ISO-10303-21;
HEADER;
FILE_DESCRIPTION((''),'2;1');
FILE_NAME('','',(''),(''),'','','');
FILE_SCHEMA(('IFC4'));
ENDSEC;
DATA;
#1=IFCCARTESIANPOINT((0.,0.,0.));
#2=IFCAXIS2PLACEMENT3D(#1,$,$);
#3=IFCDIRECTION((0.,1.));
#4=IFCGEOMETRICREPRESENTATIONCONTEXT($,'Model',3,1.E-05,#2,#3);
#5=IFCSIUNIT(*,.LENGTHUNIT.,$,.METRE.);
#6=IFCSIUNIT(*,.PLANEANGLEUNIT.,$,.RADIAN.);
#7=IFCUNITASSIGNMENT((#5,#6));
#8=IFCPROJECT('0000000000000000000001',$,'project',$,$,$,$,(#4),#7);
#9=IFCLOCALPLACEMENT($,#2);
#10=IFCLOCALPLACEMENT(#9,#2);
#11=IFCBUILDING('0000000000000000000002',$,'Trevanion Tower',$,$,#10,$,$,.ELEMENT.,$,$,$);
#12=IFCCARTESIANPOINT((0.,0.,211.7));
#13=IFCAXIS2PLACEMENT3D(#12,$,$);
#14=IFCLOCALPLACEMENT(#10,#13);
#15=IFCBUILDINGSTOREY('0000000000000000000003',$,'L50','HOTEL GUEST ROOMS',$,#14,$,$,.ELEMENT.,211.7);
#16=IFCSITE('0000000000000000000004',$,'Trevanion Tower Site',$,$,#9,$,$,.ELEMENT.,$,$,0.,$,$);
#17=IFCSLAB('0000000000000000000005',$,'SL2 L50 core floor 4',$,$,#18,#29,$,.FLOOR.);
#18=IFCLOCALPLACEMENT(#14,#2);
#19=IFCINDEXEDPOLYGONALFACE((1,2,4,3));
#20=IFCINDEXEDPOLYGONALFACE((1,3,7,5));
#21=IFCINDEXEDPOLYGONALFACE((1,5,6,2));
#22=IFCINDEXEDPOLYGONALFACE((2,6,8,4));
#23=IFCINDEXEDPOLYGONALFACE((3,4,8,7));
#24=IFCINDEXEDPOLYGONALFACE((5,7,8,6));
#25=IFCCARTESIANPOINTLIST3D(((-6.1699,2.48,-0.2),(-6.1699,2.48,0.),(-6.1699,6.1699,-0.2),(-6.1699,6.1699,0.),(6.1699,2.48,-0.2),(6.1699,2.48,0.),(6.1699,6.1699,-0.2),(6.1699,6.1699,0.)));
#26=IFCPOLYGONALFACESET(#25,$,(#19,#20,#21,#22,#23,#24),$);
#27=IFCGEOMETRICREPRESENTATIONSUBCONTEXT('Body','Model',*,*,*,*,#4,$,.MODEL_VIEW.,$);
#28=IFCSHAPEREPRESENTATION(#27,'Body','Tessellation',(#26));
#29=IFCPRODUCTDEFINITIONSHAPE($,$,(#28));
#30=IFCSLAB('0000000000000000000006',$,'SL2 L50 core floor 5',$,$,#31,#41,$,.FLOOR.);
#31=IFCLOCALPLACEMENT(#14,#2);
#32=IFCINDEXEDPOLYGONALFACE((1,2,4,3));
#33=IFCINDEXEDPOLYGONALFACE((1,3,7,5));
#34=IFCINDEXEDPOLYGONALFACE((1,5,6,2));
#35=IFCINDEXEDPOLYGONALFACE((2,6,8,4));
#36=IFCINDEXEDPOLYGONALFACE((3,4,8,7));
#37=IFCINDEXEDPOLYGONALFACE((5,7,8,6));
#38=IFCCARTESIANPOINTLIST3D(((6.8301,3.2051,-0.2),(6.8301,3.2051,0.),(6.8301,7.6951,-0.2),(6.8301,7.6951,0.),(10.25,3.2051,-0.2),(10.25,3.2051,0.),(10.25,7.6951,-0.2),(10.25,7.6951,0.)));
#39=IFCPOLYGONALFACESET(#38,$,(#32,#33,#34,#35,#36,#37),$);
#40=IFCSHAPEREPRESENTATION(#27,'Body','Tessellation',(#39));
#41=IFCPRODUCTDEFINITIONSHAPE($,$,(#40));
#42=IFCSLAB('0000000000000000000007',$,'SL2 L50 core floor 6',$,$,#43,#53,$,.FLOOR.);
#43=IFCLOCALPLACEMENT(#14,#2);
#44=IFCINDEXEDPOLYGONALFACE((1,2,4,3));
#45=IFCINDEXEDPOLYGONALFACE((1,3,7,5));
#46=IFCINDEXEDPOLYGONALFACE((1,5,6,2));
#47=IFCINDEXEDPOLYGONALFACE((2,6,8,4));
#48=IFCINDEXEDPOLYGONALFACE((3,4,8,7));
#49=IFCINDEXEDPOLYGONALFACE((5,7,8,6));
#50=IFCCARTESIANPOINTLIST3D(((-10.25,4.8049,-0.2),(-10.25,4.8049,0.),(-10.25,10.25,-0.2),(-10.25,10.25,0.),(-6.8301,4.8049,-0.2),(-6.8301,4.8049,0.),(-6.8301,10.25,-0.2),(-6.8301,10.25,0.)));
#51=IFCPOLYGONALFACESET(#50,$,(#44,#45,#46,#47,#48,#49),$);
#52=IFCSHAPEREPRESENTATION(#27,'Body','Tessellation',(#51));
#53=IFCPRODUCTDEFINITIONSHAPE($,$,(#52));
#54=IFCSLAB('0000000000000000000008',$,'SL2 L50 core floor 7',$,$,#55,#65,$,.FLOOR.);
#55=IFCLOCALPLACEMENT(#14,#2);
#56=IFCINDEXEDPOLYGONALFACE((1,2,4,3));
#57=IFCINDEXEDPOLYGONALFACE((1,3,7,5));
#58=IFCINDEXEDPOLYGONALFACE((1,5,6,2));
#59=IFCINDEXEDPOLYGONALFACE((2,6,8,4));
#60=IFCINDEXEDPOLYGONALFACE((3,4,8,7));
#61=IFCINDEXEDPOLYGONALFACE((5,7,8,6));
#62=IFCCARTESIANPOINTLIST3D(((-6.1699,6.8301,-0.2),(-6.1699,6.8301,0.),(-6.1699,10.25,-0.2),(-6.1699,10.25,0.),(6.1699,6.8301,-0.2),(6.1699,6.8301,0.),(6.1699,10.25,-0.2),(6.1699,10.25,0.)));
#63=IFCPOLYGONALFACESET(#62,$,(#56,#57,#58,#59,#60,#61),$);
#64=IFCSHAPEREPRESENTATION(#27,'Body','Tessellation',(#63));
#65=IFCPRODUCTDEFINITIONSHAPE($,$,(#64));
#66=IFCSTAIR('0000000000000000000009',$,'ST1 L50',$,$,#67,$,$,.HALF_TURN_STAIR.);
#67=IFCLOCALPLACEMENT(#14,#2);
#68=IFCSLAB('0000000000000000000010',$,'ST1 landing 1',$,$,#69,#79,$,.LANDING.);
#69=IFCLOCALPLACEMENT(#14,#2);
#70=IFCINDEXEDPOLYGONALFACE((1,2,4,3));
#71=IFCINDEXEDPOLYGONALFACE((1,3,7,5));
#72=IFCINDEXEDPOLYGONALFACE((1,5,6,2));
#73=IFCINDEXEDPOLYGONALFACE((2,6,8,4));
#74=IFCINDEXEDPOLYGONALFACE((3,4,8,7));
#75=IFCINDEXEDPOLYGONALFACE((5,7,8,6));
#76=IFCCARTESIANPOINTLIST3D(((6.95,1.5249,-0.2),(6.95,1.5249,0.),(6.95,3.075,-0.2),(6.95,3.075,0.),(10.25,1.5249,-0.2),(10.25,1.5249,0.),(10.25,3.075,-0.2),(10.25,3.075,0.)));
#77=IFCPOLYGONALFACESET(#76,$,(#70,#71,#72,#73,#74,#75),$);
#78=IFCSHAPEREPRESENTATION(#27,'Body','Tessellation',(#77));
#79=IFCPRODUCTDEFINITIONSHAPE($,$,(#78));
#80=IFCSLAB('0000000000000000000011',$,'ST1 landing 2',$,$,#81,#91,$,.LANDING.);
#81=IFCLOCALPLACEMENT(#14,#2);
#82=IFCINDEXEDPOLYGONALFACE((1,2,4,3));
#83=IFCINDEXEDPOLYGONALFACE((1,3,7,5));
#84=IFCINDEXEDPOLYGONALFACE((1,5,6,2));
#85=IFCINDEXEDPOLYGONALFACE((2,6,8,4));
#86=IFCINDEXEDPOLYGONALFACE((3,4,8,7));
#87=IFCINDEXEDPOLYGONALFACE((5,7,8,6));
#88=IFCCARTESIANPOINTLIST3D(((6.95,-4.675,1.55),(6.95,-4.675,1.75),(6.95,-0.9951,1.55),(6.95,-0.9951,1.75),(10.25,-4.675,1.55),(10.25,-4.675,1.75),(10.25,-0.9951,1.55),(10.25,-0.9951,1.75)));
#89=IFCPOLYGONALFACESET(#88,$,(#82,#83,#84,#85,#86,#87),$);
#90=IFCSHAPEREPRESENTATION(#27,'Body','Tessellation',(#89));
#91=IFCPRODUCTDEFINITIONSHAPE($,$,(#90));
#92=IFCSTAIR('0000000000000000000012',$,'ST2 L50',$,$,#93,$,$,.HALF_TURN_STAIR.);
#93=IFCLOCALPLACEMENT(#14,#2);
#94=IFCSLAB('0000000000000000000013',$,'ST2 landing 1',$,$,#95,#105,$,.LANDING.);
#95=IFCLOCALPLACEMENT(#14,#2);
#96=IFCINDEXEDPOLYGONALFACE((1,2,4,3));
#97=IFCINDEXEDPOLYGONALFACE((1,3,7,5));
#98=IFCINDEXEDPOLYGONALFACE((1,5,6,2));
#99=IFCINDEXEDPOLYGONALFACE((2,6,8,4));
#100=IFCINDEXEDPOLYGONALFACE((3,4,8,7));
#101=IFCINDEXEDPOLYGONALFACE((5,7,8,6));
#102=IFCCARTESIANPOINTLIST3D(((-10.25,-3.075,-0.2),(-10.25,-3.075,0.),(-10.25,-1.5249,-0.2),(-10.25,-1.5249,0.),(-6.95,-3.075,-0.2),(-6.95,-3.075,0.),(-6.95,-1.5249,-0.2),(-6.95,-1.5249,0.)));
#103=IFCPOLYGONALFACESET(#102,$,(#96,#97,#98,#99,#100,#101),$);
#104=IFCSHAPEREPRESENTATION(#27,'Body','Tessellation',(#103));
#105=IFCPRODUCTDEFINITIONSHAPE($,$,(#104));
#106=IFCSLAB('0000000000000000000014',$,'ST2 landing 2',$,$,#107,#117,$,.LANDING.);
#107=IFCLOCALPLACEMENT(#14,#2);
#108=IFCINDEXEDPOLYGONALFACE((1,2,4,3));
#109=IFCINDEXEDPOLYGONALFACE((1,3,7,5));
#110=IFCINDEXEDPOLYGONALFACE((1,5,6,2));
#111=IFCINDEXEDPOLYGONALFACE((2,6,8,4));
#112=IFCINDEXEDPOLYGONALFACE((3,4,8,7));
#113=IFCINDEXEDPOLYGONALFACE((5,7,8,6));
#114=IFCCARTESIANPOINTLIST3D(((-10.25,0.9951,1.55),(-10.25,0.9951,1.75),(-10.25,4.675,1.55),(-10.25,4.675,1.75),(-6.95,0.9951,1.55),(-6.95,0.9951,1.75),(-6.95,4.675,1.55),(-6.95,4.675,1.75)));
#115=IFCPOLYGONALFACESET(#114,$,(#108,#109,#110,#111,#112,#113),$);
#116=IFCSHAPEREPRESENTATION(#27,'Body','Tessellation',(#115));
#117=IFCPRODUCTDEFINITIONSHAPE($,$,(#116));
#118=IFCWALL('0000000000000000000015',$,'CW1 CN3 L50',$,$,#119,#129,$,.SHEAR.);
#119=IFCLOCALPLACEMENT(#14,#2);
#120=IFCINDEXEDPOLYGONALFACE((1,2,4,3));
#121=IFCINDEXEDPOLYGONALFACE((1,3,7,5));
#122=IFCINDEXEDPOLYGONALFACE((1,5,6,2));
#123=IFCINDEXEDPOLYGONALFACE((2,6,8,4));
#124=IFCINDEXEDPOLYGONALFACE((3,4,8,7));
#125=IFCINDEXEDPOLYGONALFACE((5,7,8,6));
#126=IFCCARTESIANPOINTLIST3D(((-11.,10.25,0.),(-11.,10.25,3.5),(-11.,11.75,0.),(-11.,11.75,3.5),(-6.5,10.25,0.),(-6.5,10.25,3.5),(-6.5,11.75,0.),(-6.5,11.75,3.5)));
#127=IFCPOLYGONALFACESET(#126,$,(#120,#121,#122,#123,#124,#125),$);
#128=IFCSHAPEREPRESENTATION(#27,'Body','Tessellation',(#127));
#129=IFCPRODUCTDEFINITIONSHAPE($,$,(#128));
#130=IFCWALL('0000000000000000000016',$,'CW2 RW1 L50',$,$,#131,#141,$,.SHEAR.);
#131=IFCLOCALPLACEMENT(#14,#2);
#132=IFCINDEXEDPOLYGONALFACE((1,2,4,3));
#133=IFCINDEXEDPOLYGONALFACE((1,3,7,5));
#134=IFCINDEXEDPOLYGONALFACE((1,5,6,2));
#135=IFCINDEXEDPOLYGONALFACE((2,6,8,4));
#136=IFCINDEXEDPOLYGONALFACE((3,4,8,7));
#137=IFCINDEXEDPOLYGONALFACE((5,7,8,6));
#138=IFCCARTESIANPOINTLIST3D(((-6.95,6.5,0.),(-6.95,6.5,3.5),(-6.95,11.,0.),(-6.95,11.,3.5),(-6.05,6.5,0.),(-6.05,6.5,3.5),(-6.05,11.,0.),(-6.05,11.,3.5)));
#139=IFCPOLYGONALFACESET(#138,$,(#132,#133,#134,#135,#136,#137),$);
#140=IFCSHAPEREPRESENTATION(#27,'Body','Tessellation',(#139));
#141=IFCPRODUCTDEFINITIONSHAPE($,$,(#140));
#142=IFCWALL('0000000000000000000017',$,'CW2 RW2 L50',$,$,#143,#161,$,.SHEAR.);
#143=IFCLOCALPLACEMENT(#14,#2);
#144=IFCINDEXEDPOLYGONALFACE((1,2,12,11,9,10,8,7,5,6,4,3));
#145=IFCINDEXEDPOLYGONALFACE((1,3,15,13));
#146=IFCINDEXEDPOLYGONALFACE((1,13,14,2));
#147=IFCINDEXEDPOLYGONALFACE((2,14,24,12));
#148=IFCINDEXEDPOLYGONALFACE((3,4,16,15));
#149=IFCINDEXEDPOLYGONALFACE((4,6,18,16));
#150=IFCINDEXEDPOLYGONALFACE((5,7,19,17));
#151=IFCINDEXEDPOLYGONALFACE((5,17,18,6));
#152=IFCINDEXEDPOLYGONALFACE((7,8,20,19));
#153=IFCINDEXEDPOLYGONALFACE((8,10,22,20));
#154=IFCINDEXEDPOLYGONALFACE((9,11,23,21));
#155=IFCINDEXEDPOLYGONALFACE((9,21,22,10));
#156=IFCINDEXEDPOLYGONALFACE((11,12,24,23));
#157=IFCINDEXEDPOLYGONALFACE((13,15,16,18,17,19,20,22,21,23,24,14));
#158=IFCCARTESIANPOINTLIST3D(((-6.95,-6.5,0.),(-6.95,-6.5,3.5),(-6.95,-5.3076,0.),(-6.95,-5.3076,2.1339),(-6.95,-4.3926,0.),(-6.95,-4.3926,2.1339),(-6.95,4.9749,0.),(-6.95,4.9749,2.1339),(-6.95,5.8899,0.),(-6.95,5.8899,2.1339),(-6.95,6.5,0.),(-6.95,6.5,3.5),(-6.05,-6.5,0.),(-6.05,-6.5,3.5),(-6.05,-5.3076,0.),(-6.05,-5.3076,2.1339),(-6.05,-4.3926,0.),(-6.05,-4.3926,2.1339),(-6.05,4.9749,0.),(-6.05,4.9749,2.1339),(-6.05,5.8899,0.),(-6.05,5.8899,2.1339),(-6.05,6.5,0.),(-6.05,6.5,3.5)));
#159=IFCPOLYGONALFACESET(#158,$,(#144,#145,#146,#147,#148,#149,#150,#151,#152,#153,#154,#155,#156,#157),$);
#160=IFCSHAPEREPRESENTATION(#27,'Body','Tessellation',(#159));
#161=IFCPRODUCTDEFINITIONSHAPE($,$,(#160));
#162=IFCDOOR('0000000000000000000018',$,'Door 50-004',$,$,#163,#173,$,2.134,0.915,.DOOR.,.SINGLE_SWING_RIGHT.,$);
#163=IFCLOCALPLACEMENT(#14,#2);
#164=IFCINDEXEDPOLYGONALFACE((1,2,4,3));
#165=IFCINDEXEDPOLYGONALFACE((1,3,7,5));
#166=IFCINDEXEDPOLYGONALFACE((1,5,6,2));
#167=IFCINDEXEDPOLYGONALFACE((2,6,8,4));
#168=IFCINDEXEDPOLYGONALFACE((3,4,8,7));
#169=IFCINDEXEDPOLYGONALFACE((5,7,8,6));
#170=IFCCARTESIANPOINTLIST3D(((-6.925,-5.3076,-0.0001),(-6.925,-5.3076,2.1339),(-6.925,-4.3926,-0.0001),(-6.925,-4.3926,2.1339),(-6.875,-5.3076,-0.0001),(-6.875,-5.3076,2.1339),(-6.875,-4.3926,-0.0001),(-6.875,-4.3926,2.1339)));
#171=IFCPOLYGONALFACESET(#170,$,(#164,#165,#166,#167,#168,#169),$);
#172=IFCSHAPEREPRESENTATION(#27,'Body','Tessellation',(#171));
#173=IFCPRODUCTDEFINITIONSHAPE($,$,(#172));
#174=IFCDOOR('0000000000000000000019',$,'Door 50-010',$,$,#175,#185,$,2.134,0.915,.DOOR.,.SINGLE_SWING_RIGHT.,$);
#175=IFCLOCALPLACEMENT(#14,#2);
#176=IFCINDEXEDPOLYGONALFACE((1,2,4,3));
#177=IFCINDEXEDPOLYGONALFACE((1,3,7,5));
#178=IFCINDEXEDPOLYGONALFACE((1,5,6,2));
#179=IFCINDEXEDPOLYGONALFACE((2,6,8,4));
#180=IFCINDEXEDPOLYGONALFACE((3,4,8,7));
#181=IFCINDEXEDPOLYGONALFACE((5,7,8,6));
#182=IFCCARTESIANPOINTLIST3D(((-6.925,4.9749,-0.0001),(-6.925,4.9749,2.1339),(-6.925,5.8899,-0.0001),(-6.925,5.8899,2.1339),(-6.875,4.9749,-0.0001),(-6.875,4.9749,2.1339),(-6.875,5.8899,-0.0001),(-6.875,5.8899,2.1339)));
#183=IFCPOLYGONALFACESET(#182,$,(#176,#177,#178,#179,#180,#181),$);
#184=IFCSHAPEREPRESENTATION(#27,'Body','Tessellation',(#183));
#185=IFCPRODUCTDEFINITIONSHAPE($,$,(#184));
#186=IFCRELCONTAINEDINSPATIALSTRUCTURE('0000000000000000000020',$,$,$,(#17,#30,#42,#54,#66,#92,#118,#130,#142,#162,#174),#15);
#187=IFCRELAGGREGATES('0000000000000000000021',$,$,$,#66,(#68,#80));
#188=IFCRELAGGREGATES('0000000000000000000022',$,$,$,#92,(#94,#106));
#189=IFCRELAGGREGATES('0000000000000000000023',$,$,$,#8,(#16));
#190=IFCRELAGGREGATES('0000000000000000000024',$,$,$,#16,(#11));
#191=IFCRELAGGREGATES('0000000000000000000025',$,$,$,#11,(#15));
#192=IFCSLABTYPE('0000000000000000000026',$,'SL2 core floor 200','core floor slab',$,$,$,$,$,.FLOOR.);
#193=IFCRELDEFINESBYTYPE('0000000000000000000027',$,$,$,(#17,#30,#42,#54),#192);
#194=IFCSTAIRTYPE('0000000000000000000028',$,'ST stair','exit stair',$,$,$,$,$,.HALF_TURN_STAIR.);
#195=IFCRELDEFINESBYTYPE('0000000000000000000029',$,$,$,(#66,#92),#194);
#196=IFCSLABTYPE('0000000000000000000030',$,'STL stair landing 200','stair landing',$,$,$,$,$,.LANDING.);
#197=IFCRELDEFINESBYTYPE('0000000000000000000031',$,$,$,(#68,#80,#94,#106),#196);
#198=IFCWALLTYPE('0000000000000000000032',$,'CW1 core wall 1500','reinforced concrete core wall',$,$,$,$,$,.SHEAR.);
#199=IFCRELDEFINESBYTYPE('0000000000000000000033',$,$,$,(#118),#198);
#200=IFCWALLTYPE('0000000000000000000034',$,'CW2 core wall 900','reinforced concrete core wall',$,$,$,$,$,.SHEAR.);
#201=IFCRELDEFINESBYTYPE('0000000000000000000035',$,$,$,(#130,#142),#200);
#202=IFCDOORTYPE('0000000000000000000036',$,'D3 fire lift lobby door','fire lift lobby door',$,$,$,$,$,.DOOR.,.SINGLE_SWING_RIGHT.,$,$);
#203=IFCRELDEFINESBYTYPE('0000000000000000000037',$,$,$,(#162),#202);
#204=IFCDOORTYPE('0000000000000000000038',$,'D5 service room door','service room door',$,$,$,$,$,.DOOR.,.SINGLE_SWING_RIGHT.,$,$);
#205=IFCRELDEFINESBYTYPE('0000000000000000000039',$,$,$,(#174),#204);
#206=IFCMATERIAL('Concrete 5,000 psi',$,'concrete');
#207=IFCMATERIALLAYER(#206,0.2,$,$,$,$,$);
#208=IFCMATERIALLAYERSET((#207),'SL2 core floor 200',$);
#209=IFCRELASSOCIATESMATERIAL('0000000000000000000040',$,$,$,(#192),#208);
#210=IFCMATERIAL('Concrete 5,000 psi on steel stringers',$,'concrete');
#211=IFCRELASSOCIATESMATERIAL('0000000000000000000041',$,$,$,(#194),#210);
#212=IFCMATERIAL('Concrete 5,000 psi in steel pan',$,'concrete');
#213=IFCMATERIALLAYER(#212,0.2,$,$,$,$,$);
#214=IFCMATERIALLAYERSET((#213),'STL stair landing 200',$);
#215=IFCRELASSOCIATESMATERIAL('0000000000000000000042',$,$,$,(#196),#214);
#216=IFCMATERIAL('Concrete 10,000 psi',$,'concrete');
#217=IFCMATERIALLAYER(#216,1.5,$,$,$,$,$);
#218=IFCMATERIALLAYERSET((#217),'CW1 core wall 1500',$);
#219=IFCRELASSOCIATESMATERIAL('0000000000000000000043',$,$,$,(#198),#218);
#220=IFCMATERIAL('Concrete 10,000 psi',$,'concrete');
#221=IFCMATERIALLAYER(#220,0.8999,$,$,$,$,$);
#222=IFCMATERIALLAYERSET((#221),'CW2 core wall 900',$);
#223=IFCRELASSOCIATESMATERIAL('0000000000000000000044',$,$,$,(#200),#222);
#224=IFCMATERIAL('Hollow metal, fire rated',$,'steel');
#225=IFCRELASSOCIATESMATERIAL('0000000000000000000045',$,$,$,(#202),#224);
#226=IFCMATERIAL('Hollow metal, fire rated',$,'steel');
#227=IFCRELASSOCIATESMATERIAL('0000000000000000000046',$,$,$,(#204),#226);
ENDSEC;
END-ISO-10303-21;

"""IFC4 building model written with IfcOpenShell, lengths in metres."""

from ifc_helpers import new_model, si_unit, direction, frame, frame_2d, origin, place, context, subcontext, project, spatial, polyline, rectangle, outline, extrude, material, layer, layer_set, type_object, element, fill, aggregate, save


model = new_model("IFC4")

# Units and contexts
model_context = context("Model", 3, precision=1e-05, world=origin(), true_north=direction((0.0, 1.0)))
body_context = subcontext(model_context, "Body", "Model", "MODEL_VIEW")
ifc_project = project(units=[si_unit("LENGTHUNIT", "METRE"), si_unit("PLANEANGLEUNIT", "RADIAN")], contexts=[model_context])

# Site, building, storey
site_placement = place(None, origin())
site = spatial("IfcSite", under=ifc_project, at=site_placement, Name="Trevanion Tower Site", CompositionType="ELEMENT", RefElevation=0.0)
building_placement = place(site_placement, origin())
building = spatial("IfcBuilding", under=site, at=building_placement, Name="Trevanion Tower", CompositionType="ELEMENT")
storey_placement = place(building_placement, frame((0.0, 0.0, 211.7)))
storey = spatial("IfcBuildingStorey", under=building, at=storey_placement, Name="L50", Description="HOTEL GUEST ROOMS", CompositionType="ELEMENT", Elevation=211.7)

# Slabs
ifc_material_1 = material(Name="Concrete 5,000 psi", Category="concrete")
ifc_layer_1 = layer(ifc_material_1, 0.2)
ifc_layer_set_1 = layer_set([ifc_layer_1], Name="SL2 core floor 200")
slab_type_1 = type_object("IfcSlabType", Name="SL2 core floor 200", Description="core floor slab", PredefinedType="FLOOR", material=ifc_layer_set_1)
slab_1_placement = place(storey_placement, frame((0.0, 0.0, -0.2)))
element("IfcSlab", 1, at=slab_1_placement, inside=storey, type_object=slab_type_1, Name="SL2 L50 core floor 4", PredefinedType="FLOOR", context=body_context, shape_type="SweptSolid", body=[
    extrude(outline(polyline([(6.1699, 2.48), (-6.1699, 2.48), (-6.1699, 6.1699), (6.1699, 6.1699), (6.1699, 2.48)])), origin(), (0.0, 0.0, 1.0), 0.2),
])
slab_2_placement = place(storey_placement, frame((0.0, 0.0, -0.2)))
element("IfcSlab", 2, at=slab_2_placement, inside=storey, type_object=slab_type_1, Name="SL2 L50 core floor 5", PredefinedType="FLOOR", context=body_context, shape_type="SweptSolid", body=[
    extrude(outline(polyline([(6.8301, 3.2051), (6.8301, 7.6951), (10.25, 7.6951), (10.25, 3.2051), (6.8301, 3.2051)])), origin(), (0.0, 0.0, 1.0), 0.2),
])
slab_3_placement = place(storey_placement, frame((0.0, 0.0, -0.2)))
element("IfcSlab", 3, at=slab_3_placement, inside=storey, type_object=slab_type_1, Name="SL2 L50 core floor 6", PredefinedType="FLOOR", context=body_context, shape_type="SweptSolid", body=[
    extrude(outline(polyline([(-6.8301, 4.8049), (-10.25, 4.8049), (-10.25, 10.25), (-6.8301, 10.25), (-6.8301, 4.8049)])), origin(), (0.0, 0.0, 1.0), 0.2),
])
slab_4_placement = place(storey_placement, frame((0.0, 0.0, -0.2)))
element("IfcSlab", 4, at=slab_4_placement, inside=storey, type_object=slab_type_1, Name="SL2 L50 core floor 7", PredefinedType="FLOOR", context=body_context, shape_type="SweptSolid", body=[
    extrude(outline(polyline([(6.1699, 6.8301), (-6.1699, 6.8301), (-6.1699, 10.25), (6.1699, 10.25), (6.1699, 6.8301)])), origin(), (0.0, 0.0, 1.0), 0.2),
])

# Stairs, slabs
ifc_material_2 = material(Name="Concrete 5,000 psi on steel stringers", Category="concrete")
stair_type = type_object("IfcStairType", Name="ST stair", Description="exit stair", PredefinedType="HALF_TURN_STAIR", material=ifc_material_2)
stair_1_placement = place(storey_placement, origin())
stair_1 = element("IfcStair", 5, at=stair_1_placement, inside=storey, type_object=stair_type, Name="ST1 L50", PredefinedType="HALF_TURN_STAIR")
ifc_material_3 = material(Name="Concrete 5,000 psi in steel pan", Category="concrete")
ifc_layer_2 = layer(ifc_material_3, 0.2)
ifc_layer_set_2 = layer_set([ifc_layer_2], Name="STL stair landing 200")
slab_type_2 = type_object("IfcSlabType", Name="STL stair landing 200", Description="stair landing", PredefinedType="LANDING", material=ifc_layer_set_2)
slab_5_placement = place(storey_placement, frame((0.0, 0.0, -0.2)))
slab_5 = element("IfcSlab", 6, at=slab_5_placement, type_object=slab_type_2, Name="ST1 landing 1", PredefinedType="LANDING", context=body_context, shape_type="SweptSolid", body=[
    extrude(outline(polyline([(6.95, 1.5249), (10.25, 1.5249), (10.25, 3.075), (6.95, 3.075), (6.95, 1.5249)])), origin(), (0.0, 0.0, 1.0), 0.2),
])
slab_6_placement = place(storey_placement, frame((0.0, 0.0, 1.55)))
slab_6 = element("IfcSlab", 7, at=slab_6_placement, type_object=slab_type_2, Name="ST1 landing 2", PredefinedType="LANDING", context=body_context, shape_type="SweptSolid", body=[
    extrude(outline(polyline([(6.95, -4.675), (10.25, -4.675), (10.25, -0.9951), (6.95, -0.9951), (6.95, -4.675)])), origin(), (0.0, 0.0, 1.0), 0.2),
])
aggregate(stair_1, [slab_5, slab_6])
stair_2_placement = place(storey_placement, origin())
stair_2 = element("IfcStair", 8, at=stair_2_placement, inside=storey, type_object=stair_type, Name="ST2 L50", PredefinedType="HALF_TURN_STAIR")
slab_7_placement = place(storey_placement, frame((0.0, 0.0, -0.2)))
slab_7 = element("IfcSlab", 9, at=slab_7_placement, type_object=slab_type_2, Name="ST2 landing 1", PredefinedType="LANDING", context=body_context, shape_type="SweptSolid", body=[
    extrude(outline(polyline([(-6.95, -1.5249), (-10.25, -1.5249), (-10.25, -3.075), (-6.95, -3.075), (-6.95, -1.5249)])), origin(), (0.0, 0.0, 1.0), 0.2),
])
slab_8_placement = place(storey_placement, frame((0.0, 0.0, 1.55)))
slab_8 = element("IfcSlab", 10, at=slab_8_placement, type_object=slab_type_2, Name="ST2 landing 2", PredefinedType="LANDING", context=body_context, shape_type="SweptSolid", body=[
    extrude(outline(polyline([(-6.95, 4.675), (-10.25, 4.675), (-10.25, 0.9951), (-6.95, 0.9951), (-6.95, 4.675)])), origin(), (0.0, 0.0, 1.0), 0.2),
])

# Walls
ifc_material_4 = material(Name="Concrete 10,000 psi", Category="concrete")
ifc_layer_3 = layer(ifc_material_4, 1.5)
ifc_layer_set_3 = layer_set([ifc_layer_3], Name="CW1 core wall 1500")
wall_type_1 = type_object("IfcWallType", Name="CW1 core wall 1500", Description="reinforced concrete core wall", PredefinedType="SHEAR", material=ifc_layer_set_3)
wall_1_placement = place(storey_placement, frame((-6.5, 11.0, 0.0), z_axis=(0.0, 0.0, 1.0), x_axis=(-1.0, 0.0, 0.0)))
element("IfcWall", 11, at=wall_1_placement, inside=storey, type_object=wall_type_1, Name="CW1 CN3 L50", PredefinedType="SHEAR", context=body_context, shape_type="SweptSolid", body=[
    extrude(rectangle(XDim=4.5, YDim=1.5, at=frame_2d((2.25, 0.0))), origin(), (0.0, 0.0, 1.0), 3.5),
])
ifc_material_5 = material(Name="Concrete 10,000 psi", Category="concrete")
ifc_layer_4 = layer(ifc_material_5, 0.8999)
ifc_layer_set_4 = layer_set([ifc_layer_4], Name="CW2 core wall 900")
wall_type_2 = type_object("IfcWallType", Name="CW2 core wall 900", Description="reinforced concrete core wall", PredefinedType="SHEAR", material=ifc_layer_set_4)
wall_2_placement = place(storey_placement, frame((-6.5, 11.0, 0.0), z_axis=(0.0, 0.0, 1.0), x_axis=(0.0, -1.0, 0.0)))
element("IfcWall", 12, at=wall_2_placement, inside=storey, type_object=wall_type_2, Name="CW2 RW1 L50", PredefinedType="SHEAR", context=body_context, shape_type="SweptSolid", body=[
    extrude(rectangle(XDim=4.5, YDim=0.8999, at=frame_2d((2.25, 0.0))), origin(), (0.0, 0.0, 1.0), 3.5),
])

# Wall, openings, doors
wall_3_placement = place(storey_placement, frame((-6.5, 6.5, 0.0), z_axis=(0.0, 0.0, 1.0), x_axis=(0.0, -1.0, 0.0)))
wall_3 = element("IfcWall", 13, at=wall_3_placement, inside=storey, type_object=wall_type_2, Name="CW2 RW2 L50", PredefinedType="SHEAR", context=body_context, shape_type="SweptSolid", body=[
    extrude(rectangle(XDim=13.0, YDim=0.8999, at=frame_2d((6.5, 0.0))), origin(), (0.0, 0.0, 1.0), 3.5),
])
opening_1_placement = place(wall_3_placement, frame((10.8926, 0.0, 0.0)))
opening_1 = element("IfcOpeningElement", 14, at=opening_1_placement, cuts=wall_3, PredefinedType="OPENING", context=body_context, shape_type="SweptSolid", body=[
    extrude(rectangle(XDim=0.915, YDim=2.134, at=frame_2d((0.4575, 1.0669))), frame((0.0, 0.46, 0.0), z_axis=(0.0, -1.0, 0.0), x_axis=(1.0, 0.0, 0.0)), (0.0, 0.0, 1.0), 0.9199),
])
opening_2_placement = place(wall_3_placement, frame((0.6101, 0.0, 0.0)))
opening_2 = element("IfcOpeningElement", 15, at=opening_2_placement, cuts=wall_3, PredefinedType="OPENING", context=body_context, shape_type="SweptSolid", body=[
    extrude(rectangle(XDim=0.915, YDim=2.134, at=frame_2d((0.4575, 1.0669))), frame((0.0, 0.46, 0.0), z_axis=(0.0, -1.0, 0.0), x_axis=(1.0, 0.0, 0.0)), (0.0, 0.0, 1.0), 0.9199),
])
ifc_material_6 = material(Name="Hollow metal, fire rated", Category="steel")
door_type_1 = type_object("IfcDoorType", Name="D3 fire lift lobby door", Description="fire lift lobby door", OperationType="SINGLE_SWING_RIGHT", PredefinedType="DOOR", material=ifc_material_6)
door_1_placement = place(opening_1_placement, origin())
door_1 = element("IfcDoor", 16, at=door_1_placement, inside=storey, type_object=door_type_1, Name="Door 50-004", OperationType="SINGLE_SWING_RIGHT", OverallHeight=2.134, OverallWidth=0.915, PredefinedType="DOOR", context=body_context, shape_type="SweptSolid", body=[
    extrude(rectangle(XDim=0.915, YDim=2.134, at=frame_2d((0.4575, 1.0669))), frame((0.0, -0.375, 0.0), z_axis=(0.0, -1.0, 0.0), x_axis=(1.0, 0.0, 0.0)), (0.0, 0.0, 1.0), 0.05),
])
fill(opening_1, door_1)
ifc_material_7 = material(Name="Hollow metal, fire rated", Category="steel")
door_type_2 = type_object("IfcDoorType", Name="D5 service room door", Description="service room door", OperationType="SINGLE_SWING_RIGHT", PredefinedType="DOOR", material=ifc_material_7)
door_2_placement = place(opening_2_placement, origin())
door_2 = element("IfcDoor", 17, at=door_2_placement, inside=storey, type_object=door_type_2, Name="Door 50-010", OperationType="SINGLE_SWING_RIGHT", OverallHeight=2.134, OverallWidth=0.915, PredefinedType="DOOR", context=body_context, shape_type="SweptSolid", body=[
    extrude(rectangle(XDim=0.915, YDim=2.134, at=frame_2d((0.4575, 1.0669))), frame((0.0, -0.375, 0.0), z_axis=(0.0, -1.0, 0.0), x_axis=(1.0, 0.0, 0.0)), (0.0, 0.0, 1.0), 0.05),
])
fill(opening_2, door_2)

aggregate(stair_2, [slab_7, slab_8])

save(model, "model.ifc")
